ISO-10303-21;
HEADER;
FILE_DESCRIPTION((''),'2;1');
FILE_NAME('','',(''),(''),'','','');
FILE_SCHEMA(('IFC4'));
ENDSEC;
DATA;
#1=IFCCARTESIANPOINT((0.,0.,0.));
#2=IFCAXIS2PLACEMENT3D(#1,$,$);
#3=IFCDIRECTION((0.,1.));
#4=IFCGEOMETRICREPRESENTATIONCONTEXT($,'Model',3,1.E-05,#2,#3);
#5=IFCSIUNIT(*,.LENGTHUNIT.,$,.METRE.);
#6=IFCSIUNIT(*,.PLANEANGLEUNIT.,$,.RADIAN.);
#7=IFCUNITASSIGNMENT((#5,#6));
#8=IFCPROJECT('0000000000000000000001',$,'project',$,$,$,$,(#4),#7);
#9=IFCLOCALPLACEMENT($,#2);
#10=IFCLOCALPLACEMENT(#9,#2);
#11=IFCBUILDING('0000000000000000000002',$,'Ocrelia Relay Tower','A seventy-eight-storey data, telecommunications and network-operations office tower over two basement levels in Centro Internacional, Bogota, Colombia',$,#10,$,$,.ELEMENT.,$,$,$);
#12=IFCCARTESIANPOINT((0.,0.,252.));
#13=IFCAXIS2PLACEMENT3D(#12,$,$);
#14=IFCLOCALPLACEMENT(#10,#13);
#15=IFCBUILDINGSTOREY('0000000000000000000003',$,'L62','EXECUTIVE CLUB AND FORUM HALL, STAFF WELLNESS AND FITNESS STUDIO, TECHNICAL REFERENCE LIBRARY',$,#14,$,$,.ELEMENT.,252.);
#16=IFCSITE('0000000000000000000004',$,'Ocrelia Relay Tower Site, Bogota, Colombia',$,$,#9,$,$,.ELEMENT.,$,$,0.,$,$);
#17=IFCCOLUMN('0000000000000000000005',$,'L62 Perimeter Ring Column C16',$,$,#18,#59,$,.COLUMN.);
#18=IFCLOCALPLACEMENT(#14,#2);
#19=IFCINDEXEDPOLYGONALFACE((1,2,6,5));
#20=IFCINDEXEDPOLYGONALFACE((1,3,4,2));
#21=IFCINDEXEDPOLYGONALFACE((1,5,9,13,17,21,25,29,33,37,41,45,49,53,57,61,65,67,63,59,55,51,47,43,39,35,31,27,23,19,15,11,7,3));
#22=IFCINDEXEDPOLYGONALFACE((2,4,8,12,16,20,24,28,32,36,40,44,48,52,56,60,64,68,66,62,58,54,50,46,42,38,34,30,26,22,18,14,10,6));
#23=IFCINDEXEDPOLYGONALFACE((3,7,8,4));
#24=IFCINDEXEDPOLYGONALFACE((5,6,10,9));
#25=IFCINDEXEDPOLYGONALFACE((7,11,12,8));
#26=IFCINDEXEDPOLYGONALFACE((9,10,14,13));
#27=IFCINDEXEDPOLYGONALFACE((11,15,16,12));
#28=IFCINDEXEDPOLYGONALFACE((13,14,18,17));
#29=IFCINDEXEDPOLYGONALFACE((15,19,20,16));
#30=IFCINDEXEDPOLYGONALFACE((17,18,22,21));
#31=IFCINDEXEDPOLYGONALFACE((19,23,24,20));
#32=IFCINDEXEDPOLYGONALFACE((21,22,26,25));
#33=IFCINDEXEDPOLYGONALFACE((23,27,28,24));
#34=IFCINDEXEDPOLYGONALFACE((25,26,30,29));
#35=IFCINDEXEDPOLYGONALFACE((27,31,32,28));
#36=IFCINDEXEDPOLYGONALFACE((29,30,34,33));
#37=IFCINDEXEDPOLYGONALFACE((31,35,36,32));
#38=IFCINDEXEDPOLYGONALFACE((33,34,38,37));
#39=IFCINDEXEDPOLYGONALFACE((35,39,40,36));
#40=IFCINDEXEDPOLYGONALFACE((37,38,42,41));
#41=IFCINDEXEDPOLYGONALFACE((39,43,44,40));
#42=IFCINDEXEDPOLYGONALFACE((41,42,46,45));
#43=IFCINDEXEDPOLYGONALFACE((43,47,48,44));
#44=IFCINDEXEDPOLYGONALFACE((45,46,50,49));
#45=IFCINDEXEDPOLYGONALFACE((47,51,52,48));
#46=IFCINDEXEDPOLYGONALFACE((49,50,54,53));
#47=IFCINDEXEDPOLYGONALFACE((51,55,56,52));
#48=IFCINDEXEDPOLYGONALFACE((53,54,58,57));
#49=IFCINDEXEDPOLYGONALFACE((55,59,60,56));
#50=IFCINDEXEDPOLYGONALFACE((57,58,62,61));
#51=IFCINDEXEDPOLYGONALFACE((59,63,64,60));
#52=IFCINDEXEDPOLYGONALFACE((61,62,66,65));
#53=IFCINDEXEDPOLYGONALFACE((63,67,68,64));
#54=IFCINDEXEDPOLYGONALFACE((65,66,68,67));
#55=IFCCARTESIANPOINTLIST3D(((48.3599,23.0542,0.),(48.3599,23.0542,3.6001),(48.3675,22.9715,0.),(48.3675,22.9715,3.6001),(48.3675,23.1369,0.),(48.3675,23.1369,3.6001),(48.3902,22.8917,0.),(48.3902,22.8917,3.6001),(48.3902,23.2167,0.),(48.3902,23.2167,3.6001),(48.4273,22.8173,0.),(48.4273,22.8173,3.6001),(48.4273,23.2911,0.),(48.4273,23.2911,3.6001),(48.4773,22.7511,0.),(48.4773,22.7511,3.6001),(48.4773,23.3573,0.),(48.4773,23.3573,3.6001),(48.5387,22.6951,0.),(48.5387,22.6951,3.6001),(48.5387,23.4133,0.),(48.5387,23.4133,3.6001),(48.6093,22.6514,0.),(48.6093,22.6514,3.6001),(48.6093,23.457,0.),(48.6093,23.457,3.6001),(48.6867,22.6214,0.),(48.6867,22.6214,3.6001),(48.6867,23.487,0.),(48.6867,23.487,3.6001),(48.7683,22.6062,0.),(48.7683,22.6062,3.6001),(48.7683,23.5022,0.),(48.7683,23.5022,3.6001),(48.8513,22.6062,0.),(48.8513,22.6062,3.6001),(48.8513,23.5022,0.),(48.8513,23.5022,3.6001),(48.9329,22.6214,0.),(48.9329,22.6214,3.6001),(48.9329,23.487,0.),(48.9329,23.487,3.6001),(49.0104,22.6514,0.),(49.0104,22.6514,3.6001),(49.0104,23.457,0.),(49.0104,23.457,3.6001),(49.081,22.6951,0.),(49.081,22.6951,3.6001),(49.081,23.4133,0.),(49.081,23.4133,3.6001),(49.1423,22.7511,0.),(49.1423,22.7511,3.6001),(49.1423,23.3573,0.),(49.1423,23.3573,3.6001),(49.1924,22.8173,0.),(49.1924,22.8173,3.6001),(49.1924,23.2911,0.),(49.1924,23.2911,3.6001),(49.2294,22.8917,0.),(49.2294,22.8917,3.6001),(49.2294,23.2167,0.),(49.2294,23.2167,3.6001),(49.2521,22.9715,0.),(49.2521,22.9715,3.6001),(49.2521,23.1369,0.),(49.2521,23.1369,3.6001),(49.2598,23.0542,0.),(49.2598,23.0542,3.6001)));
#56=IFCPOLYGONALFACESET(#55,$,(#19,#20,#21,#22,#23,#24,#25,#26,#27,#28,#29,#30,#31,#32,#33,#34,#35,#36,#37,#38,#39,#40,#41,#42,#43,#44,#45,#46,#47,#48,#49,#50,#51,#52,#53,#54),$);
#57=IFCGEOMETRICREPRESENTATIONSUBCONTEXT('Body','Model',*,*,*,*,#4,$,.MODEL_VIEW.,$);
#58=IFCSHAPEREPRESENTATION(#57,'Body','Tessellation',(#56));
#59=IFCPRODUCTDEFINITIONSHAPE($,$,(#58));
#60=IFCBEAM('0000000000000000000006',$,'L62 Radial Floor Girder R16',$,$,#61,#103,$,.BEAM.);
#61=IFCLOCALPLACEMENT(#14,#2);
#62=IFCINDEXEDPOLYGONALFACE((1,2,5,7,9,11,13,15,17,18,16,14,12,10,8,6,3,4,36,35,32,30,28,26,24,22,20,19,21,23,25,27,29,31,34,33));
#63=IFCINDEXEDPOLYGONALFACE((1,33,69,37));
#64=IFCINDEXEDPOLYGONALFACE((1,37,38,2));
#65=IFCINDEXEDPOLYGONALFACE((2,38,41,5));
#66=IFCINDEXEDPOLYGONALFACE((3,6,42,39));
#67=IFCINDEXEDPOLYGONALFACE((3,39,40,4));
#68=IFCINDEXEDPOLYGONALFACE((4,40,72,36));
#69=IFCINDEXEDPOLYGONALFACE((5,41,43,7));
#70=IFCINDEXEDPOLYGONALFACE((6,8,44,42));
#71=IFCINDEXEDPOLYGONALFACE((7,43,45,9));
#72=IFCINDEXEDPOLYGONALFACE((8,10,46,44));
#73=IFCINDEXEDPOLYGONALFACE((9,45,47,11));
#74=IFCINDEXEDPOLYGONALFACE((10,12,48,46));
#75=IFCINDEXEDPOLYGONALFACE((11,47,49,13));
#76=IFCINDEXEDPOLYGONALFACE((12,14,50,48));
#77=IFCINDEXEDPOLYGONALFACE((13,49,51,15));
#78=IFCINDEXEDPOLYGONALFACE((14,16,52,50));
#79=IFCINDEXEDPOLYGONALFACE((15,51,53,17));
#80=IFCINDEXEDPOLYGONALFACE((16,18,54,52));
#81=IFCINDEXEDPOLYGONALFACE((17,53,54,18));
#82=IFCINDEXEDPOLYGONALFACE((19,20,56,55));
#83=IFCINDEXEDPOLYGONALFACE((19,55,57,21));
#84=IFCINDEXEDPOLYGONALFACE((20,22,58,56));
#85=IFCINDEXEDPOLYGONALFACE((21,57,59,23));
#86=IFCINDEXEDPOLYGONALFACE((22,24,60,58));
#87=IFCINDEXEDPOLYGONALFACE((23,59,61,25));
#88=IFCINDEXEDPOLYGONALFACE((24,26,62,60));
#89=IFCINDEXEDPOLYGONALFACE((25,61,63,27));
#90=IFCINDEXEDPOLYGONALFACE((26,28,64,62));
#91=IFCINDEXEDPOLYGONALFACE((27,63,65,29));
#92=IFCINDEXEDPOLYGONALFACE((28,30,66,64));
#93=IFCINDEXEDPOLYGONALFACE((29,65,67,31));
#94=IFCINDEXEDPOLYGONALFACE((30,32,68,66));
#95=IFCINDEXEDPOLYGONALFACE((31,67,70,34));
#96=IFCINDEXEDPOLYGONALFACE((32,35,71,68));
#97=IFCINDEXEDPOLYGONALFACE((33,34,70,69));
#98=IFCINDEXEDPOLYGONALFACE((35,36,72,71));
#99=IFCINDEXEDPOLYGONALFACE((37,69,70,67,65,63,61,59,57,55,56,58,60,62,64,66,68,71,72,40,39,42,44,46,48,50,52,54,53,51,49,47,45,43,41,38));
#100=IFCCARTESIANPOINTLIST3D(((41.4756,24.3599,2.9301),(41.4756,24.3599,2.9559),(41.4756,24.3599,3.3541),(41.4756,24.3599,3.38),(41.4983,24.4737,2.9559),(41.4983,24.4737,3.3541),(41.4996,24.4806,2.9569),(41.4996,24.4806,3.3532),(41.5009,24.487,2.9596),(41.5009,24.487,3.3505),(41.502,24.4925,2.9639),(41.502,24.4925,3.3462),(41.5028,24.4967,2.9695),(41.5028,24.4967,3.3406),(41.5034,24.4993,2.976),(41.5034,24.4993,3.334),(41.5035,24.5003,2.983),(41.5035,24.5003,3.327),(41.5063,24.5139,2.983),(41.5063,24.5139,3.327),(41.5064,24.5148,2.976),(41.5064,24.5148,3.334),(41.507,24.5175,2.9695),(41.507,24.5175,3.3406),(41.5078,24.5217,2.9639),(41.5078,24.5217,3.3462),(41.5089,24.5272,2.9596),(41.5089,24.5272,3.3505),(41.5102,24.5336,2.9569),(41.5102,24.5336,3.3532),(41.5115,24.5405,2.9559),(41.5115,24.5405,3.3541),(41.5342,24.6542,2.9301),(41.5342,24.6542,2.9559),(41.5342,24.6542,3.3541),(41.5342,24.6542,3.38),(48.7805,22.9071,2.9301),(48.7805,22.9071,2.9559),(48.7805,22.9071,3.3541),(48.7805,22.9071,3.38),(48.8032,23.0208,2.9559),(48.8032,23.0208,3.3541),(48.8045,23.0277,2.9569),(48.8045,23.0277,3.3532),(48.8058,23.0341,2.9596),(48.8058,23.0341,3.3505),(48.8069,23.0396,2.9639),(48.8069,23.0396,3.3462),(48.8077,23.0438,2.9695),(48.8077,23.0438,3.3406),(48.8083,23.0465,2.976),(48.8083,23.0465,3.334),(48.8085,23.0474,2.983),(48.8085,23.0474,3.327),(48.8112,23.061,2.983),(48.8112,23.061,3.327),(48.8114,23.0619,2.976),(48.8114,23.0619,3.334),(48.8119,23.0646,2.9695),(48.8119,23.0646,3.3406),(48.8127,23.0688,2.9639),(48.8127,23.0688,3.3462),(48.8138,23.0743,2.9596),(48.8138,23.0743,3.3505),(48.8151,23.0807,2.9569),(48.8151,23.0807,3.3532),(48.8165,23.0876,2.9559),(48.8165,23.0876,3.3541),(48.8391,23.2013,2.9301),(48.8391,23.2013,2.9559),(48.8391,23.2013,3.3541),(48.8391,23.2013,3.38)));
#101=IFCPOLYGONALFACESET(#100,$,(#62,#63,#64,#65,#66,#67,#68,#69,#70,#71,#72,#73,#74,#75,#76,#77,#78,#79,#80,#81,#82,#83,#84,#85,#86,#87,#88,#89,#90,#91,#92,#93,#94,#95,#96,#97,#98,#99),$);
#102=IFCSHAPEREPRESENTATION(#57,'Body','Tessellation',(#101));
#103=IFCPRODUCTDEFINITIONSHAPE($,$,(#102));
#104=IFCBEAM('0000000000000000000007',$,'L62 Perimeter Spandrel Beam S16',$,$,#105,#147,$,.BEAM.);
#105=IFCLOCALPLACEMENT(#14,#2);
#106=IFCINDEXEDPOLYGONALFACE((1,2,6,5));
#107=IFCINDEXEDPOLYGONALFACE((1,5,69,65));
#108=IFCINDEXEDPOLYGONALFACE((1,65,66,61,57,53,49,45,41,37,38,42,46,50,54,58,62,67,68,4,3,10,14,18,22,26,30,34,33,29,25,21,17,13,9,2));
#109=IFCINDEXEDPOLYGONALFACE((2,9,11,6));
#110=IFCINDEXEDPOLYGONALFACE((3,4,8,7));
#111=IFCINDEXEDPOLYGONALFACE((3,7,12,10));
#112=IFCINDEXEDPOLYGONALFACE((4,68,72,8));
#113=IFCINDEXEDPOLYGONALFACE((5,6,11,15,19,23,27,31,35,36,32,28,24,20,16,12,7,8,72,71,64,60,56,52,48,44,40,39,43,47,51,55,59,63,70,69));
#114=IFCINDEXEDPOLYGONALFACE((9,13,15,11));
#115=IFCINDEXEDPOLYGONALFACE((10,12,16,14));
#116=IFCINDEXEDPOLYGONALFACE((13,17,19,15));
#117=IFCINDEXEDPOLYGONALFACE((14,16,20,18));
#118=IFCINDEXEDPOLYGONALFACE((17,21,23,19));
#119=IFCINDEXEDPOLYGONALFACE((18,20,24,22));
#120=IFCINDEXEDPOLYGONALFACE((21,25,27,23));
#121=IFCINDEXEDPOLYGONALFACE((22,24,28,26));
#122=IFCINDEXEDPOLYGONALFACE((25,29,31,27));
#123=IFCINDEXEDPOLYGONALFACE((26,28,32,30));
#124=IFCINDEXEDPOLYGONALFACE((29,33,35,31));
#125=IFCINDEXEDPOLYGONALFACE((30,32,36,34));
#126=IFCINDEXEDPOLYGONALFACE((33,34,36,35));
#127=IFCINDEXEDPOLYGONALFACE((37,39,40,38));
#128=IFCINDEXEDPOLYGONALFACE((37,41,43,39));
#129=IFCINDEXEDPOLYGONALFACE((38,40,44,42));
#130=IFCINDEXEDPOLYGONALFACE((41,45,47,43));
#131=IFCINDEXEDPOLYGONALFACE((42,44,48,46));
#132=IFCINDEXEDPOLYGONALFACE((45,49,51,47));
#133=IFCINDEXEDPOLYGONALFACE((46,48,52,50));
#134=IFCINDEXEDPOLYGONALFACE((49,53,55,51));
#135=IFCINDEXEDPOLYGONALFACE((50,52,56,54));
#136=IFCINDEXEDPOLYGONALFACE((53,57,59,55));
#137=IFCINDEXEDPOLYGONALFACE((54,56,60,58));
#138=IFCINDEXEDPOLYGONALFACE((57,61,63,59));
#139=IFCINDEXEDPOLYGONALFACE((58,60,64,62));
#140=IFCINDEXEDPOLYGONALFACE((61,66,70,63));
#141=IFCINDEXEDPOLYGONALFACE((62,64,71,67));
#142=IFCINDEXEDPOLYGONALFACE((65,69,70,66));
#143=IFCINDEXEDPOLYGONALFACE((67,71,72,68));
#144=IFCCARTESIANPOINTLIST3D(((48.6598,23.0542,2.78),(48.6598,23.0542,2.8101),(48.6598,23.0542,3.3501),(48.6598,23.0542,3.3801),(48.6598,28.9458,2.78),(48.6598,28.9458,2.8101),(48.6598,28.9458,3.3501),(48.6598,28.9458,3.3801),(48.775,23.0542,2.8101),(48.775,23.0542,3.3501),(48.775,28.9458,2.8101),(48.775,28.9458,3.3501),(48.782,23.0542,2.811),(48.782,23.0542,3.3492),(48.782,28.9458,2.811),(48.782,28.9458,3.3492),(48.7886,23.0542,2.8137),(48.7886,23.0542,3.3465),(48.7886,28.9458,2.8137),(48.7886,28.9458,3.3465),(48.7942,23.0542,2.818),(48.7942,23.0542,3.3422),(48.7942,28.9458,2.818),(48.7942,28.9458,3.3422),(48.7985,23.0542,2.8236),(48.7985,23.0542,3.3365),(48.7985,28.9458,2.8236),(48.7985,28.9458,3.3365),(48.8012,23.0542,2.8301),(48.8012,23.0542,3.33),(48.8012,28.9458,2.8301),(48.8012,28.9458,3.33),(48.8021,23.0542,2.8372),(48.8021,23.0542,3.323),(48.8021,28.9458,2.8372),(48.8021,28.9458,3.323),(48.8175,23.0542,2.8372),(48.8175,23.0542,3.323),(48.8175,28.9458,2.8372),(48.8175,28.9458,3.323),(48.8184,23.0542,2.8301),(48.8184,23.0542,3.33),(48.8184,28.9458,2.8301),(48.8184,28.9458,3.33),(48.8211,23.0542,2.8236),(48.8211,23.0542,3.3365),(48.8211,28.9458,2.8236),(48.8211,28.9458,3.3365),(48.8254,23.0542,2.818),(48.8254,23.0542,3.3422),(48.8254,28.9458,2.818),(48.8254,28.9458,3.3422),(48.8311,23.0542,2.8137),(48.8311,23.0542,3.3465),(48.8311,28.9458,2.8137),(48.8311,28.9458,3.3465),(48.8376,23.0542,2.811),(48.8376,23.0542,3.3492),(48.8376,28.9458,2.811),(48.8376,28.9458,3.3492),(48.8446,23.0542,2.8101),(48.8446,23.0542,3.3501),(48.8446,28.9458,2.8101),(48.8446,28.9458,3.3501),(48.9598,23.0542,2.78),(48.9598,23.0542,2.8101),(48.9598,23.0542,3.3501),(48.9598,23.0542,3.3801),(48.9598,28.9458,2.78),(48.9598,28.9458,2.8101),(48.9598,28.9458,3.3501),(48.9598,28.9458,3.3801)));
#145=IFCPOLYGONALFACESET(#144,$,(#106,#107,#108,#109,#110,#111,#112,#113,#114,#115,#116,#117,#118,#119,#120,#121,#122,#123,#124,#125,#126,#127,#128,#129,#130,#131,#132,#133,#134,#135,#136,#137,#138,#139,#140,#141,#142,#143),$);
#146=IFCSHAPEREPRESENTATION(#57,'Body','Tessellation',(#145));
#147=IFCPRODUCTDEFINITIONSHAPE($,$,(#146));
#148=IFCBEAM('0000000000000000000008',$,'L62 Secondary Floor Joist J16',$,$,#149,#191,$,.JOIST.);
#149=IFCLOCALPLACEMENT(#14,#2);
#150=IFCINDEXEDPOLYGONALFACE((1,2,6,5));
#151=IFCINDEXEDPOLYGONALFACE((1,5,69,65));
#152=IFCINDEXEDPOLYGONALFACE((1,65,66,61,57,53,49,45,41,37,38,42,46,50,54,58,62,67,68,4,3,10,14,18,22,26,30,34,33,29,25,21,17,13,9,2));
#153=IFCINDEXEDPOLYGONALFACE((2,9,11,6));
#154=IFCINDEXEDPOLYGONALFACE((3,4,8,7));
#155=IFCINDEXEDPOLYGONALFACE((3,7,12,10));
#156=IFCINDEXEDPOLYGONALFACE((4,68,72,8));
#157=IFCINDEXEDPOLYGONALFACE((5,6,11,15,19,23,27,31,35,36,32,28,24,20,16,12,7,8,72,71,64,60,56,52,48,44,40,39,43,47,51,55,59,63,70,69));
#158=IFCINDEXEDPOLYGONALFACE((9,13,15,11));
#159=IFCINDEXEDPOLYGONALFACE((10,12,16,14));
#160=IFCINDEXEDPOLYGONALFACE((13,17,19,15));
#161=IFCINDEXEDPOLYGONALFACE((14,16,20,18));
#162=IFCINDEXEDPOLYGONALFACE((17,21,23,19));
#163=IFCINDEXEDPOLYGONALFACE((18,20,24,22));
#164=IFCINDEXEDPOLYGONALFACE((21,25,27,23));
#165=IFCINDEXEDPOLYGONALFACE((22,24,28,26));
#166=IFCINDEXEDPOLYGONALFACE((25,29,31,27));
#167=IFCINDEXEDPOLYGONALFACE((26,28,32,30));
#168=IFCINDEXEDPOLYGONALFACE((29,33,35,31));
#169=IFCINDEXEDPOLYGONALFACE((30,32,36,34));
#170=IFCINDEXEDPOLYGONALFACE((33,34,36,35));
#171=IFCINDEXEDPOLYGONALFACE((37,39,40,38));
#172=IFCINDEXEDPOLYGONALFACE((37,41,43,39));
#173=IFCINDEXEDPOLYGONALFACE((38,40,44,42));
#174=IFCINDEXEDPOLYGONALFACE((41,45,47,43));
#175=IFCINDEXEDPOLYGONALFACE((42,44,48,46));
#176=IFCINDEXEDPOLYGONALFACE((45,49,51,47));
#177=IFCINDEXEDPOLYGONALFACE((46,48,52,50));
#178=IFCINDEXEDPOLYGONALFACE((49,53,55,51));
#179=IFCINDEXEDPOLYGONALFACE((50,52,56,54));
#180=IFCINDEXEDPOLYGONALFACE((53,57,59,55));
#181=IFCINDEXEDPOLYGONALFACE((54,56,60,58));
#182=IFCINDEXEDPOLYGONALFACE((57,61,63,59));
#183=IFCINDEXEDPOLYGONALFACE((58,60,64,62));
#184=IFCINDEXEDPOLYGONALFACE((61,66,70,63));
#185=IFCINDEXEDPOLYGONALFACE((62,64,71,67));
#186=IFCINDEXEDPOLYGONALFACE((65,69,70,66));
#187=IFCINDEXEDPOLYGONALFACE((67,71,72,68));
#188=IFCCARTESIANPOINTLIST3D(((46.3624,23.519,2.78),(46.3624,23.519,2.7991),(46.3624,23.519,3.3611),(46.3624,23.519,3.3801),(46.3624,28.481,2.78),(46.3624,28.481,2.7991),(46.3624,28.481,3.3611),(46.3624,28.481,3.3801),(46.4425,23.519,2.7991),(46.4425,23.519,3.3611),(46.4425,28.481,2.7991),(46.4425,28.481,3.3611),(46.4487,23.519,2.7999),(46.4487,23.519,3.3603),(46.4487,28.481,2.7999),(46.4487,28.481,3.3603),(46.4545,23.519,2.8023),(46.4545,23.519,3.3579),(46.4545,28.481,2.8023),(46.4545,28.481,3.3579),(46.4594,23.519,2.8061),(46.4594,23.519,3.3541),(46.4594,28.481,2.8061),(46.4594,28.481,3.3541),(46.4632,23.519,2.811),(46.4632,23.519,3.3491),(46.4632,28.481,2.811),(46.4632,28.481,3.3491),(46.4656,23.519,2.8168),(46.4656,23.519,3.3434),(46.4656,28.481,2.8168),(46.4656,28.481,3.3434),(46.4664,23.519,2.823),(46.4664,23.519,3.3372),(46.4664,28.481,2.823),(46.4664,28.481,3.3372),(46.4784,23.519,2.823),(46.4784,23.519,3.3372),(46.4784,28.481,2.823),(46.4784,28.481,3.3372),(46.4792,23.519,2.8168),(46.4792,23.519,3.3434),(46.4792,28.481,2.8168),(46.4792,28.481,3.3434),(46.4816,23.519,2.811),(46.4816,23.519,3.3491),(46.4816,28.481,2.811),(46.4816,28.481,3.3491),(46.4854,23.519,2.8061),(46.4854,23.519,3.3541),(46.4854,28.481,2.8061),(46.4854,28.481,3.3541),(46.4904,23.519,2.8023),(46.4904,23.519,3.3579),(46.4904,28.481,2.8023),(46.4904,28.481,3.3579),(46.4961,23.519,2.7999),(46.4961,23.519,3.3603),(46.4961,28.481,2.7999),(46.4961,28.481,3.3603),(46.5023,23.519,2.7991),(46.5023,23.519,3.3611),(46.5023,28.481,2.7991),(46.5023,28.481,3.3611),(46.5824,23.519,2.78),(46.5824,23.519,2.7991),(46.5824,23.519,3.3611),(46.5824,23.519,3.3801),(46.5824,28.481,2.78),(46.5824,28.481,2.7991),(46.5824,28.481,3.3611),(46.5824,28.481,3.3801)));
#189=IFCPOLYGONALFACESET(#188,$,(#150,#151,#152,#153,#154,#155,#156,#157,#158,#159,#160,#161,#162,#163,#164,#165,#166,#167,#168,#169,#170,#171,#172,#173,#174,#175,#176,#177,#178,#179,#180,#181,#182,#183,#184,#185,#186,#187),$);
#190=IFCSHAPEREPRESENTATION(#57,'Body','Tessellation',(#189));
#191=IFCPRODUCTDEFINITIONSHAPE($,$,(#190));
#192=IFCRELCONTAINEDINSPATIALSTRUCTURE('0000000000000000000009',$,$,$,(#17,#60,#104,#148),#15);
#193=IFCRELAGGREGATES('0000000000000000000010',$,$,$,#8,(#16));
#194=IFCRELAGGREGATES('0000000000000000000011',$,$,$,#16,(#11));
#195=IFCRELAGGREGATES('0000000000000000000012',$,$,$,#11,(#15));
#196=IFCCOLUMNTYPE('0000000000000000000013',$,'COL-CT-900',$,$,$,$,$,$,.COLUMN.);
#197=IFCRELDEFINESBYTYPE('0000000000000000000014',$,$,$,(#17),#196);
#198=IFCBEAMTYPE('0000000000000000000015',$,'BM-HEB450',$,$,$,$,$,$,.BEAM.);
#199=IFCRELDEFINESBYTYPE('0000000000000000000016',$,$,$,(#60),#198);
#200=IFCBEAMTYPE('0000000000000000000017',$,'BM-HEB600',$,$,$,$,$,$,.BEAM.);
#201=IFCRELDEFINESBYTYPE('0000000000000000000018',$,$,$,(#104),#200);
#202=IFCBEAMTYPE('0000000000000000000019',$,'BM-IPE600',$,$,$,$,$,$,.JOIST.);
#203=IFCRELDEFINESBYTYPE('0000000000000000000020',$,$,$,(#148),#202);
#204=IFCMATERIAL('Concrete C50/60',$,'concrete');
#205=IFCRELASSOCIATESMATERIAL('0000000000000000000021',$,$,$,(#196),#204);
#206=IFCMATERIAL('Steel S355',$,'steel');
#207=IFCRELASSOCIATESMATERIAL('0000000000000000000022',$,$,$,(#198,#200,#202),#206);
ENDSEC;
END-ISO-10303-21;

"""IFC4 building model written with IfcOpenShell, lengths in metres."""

from ifc_helpers import new_model, si_unit, direction, frame, origin, origin_2d, place, context, subcontext, project, spatial, circle, i_section, extrude, material, material_profile, profile_set, type_object, element, save


model = new_model("IFC4")

# Units and contexts
model_context = context("Model", 3, precision=1e-05, world=origin(), true_north=direction((0.0, 1.0)))
body_context = subcontext(model_context, "Body", "Model", "MODEL_VIEW")
ifc_project = project(units=[si_unit("LENGTHUNIT", "METRE"), si_unit("PLANEANGLEUNIT", "RADIAN")], contexts=[model_context])

# Site, building, storey
site_placement = place(None, origin())
site = spatial("IfcSite", under=ifc_project, at=site_placement, Name="Ocrelia Relay Tower Site, Bogota, Colombia", CompositionType="ELEMENT", RefElevation=0.0)
building_placement = place(site_placement, origin())
building = spatial("IfcBuilding", under=site, at=building_placement, Name="Ocrelia Relay Tower", Description="A seventy-eight-storey data, telecommunications and network-operations office tower over two basement levels in Centro Internacional, Bogota, Colombia", CompositionType="ELEMENT")
storey_placement = place(building_placement, frame((0.0, 0.0, 252.0)))
storey = spatial("IfcBuildingStorey", under=building, at=storey_placement, Name="L62", Description="EXECUTIVE CLUB AND FORUM HALL, STAFF WELLNESS AND FITNESS STUDIO, TECHNICAL REFERENCE LIBRARY", CompositionType="ELEMENT", Elevation=252.0)

# Column
ifc_material_1 = material(Name="Concrete C50/60", Category="concrete")
ifc_material_profile_1 = material_profile(ifc_material_1, circle(Radius=0.45, at=origin_2d()), Name="RC-CIR-900")
ifc_profile_set_1 = profile_set([ifc_material_profile_1], Name="Concrete C50/60")
column_type = type_object("IfcColumnType", Name="COL-CT-900", PredefinedType="COLUMN", material=ifc_profile_set_1)
column_placement = place(storey_placement, frame((48.8098, 23.0542, 0.0), z_axis=(0.0, 0.0, 1.0), x_axis=(1.0, 0.0, 0.0)))
element("IfcColumn", 1, at=column_placement, inside=storey, type_object=column_type, Name="L62 Perimeter Ring Column C16", PredefinedType="COLUMN", context=body_context, shape_type="SweptSolid", body=[
    extrude(circle(Radius=0.45, at=origin_2d()), origin(), (0.0, 0.0, 1.0), 3.6001),
])

# Beams
ifc_material_2 = material(Name="Steel S355", Category="steel")
ifc_material_profile_2 = material_profile(ifc_material_2, i_section(OverallWidth=0.3, OverallDepth=0.45, WebThickness=0.0139, FlangeThickness=0.0259, FilletRadius=0.0271, at=origin_2d()), Name="HEB 450")
ifc_profile_set_2 = profile_set([ifc_material_profile_2], Name="Steel S355")
beam_type_1 = type_object("IfcBeamType", Name="BM-HEB450", PredefinedType="BEAM", material=ifc_profile_set_2)
beam_1_placement = place(storey_placement, frame((48.8098, 23.0542, 3.155), z_axis=(-0.980789, 0.19507, 0.0), x_axis=(-0.19507, -0.980789, 0.0)))
element("IfcBeam", 2, at=beam_1_placement, inside=storey, type_object=beam_type_1, Name="L62 Radial Floor Girder R16", PredefinedType="BEAM", context=body_context, shape_type="SweptSolid", body=[
    extrude(i_section(OverallWidth=0.3, OverallDepth=0.45, WebThickness=0.0139, FlangeThickness=0.0259, FilletRadius=0.0271, at=origin_2d()), origin(), (0.0, 0.0, 1.0), 7.448),
])
ifc_material_profile_3 = material_profile(ifc_material_2, i_section(OverallWidth=0.3, OverallDepth=0.6001, WebThickness=0.0154, FlangeThickness=0.03, FilletRadius=0.0271, at=origin_2d()), Name="HEB 600")
ifc_profile_set_3 = profile_set([ifc_material_profile_3], Name="Steel S355")
beam_type_2 = type_object("IfcBeamType", Name="BM-HEB600", PredefinedType="BEAM", material=ifc_profile_set_3)
beam_2_placement = place(storey_placement, frame((48.8098, 23.0542, 3.0801), z_axis=(0.0, 1.0, 0.0), x_axis=(-1.0, 0.0, 0.0)))
element("IfcBeam", 3, at=beam_2_placement, inside=storey, type_object=beam_type_2, Name="L62 Perimeter Spandrel Beam S16", PredefinedType="BEAM", context=body_context, shape_type="SweptSolid", body=[
    extrude(i_section(OverallWidth=0.3, OverallDepth=0.6001, WebThickness=0.0154, FlangeThickness=0.03, FilletRadius=0.0271, at=origin_2d()), origin(), (0.0, 0.0, 1.0), 5.8916),
])
ifc_material_profile_4 = material_profile(ifc_material_2, i_section(OverallWidth=0.22, OverallDepth=0.6001, WebThickness=0.012, FlangeThickness=0.019, FilletRadius=0.0239, at=origin_2d()), Name="IPE 600")
ifc_profile_set_4 = profile_set([ifc_material_profile_4], Name="Steel S355")
beam_type_3 = type_object("IfcBeamType", Name="BM-IPE600", PredefinedType="JOIST", material=ifc_profile_set_4)
beam_3_placement = place(storey_placement, frame((46.4724, 23.519, 3.0801), z_axis=(0.0, 1.0, 0.0), x_axis=(-1.0, 0.0, 0.0)))
element("IfcBeam", 4, at=beam_3_placement, inside=storey, type_object=beam_type_3, Name="L62 Secondary Floor Joist J16", PredefinedType="JOIST", context=body_context, shape_type="SweptSolid", body=[
    extrude(i_section(OverallWidth=0.22, OverallDepth=0.6001, WebThickness=0.012, FlangeThickness=0.019, FilletRadius=0.0239, at=origin_2d()), origin(), (0.0, 0.0, 1.0), 4.9619),
])

save(model, "model.ifc")
